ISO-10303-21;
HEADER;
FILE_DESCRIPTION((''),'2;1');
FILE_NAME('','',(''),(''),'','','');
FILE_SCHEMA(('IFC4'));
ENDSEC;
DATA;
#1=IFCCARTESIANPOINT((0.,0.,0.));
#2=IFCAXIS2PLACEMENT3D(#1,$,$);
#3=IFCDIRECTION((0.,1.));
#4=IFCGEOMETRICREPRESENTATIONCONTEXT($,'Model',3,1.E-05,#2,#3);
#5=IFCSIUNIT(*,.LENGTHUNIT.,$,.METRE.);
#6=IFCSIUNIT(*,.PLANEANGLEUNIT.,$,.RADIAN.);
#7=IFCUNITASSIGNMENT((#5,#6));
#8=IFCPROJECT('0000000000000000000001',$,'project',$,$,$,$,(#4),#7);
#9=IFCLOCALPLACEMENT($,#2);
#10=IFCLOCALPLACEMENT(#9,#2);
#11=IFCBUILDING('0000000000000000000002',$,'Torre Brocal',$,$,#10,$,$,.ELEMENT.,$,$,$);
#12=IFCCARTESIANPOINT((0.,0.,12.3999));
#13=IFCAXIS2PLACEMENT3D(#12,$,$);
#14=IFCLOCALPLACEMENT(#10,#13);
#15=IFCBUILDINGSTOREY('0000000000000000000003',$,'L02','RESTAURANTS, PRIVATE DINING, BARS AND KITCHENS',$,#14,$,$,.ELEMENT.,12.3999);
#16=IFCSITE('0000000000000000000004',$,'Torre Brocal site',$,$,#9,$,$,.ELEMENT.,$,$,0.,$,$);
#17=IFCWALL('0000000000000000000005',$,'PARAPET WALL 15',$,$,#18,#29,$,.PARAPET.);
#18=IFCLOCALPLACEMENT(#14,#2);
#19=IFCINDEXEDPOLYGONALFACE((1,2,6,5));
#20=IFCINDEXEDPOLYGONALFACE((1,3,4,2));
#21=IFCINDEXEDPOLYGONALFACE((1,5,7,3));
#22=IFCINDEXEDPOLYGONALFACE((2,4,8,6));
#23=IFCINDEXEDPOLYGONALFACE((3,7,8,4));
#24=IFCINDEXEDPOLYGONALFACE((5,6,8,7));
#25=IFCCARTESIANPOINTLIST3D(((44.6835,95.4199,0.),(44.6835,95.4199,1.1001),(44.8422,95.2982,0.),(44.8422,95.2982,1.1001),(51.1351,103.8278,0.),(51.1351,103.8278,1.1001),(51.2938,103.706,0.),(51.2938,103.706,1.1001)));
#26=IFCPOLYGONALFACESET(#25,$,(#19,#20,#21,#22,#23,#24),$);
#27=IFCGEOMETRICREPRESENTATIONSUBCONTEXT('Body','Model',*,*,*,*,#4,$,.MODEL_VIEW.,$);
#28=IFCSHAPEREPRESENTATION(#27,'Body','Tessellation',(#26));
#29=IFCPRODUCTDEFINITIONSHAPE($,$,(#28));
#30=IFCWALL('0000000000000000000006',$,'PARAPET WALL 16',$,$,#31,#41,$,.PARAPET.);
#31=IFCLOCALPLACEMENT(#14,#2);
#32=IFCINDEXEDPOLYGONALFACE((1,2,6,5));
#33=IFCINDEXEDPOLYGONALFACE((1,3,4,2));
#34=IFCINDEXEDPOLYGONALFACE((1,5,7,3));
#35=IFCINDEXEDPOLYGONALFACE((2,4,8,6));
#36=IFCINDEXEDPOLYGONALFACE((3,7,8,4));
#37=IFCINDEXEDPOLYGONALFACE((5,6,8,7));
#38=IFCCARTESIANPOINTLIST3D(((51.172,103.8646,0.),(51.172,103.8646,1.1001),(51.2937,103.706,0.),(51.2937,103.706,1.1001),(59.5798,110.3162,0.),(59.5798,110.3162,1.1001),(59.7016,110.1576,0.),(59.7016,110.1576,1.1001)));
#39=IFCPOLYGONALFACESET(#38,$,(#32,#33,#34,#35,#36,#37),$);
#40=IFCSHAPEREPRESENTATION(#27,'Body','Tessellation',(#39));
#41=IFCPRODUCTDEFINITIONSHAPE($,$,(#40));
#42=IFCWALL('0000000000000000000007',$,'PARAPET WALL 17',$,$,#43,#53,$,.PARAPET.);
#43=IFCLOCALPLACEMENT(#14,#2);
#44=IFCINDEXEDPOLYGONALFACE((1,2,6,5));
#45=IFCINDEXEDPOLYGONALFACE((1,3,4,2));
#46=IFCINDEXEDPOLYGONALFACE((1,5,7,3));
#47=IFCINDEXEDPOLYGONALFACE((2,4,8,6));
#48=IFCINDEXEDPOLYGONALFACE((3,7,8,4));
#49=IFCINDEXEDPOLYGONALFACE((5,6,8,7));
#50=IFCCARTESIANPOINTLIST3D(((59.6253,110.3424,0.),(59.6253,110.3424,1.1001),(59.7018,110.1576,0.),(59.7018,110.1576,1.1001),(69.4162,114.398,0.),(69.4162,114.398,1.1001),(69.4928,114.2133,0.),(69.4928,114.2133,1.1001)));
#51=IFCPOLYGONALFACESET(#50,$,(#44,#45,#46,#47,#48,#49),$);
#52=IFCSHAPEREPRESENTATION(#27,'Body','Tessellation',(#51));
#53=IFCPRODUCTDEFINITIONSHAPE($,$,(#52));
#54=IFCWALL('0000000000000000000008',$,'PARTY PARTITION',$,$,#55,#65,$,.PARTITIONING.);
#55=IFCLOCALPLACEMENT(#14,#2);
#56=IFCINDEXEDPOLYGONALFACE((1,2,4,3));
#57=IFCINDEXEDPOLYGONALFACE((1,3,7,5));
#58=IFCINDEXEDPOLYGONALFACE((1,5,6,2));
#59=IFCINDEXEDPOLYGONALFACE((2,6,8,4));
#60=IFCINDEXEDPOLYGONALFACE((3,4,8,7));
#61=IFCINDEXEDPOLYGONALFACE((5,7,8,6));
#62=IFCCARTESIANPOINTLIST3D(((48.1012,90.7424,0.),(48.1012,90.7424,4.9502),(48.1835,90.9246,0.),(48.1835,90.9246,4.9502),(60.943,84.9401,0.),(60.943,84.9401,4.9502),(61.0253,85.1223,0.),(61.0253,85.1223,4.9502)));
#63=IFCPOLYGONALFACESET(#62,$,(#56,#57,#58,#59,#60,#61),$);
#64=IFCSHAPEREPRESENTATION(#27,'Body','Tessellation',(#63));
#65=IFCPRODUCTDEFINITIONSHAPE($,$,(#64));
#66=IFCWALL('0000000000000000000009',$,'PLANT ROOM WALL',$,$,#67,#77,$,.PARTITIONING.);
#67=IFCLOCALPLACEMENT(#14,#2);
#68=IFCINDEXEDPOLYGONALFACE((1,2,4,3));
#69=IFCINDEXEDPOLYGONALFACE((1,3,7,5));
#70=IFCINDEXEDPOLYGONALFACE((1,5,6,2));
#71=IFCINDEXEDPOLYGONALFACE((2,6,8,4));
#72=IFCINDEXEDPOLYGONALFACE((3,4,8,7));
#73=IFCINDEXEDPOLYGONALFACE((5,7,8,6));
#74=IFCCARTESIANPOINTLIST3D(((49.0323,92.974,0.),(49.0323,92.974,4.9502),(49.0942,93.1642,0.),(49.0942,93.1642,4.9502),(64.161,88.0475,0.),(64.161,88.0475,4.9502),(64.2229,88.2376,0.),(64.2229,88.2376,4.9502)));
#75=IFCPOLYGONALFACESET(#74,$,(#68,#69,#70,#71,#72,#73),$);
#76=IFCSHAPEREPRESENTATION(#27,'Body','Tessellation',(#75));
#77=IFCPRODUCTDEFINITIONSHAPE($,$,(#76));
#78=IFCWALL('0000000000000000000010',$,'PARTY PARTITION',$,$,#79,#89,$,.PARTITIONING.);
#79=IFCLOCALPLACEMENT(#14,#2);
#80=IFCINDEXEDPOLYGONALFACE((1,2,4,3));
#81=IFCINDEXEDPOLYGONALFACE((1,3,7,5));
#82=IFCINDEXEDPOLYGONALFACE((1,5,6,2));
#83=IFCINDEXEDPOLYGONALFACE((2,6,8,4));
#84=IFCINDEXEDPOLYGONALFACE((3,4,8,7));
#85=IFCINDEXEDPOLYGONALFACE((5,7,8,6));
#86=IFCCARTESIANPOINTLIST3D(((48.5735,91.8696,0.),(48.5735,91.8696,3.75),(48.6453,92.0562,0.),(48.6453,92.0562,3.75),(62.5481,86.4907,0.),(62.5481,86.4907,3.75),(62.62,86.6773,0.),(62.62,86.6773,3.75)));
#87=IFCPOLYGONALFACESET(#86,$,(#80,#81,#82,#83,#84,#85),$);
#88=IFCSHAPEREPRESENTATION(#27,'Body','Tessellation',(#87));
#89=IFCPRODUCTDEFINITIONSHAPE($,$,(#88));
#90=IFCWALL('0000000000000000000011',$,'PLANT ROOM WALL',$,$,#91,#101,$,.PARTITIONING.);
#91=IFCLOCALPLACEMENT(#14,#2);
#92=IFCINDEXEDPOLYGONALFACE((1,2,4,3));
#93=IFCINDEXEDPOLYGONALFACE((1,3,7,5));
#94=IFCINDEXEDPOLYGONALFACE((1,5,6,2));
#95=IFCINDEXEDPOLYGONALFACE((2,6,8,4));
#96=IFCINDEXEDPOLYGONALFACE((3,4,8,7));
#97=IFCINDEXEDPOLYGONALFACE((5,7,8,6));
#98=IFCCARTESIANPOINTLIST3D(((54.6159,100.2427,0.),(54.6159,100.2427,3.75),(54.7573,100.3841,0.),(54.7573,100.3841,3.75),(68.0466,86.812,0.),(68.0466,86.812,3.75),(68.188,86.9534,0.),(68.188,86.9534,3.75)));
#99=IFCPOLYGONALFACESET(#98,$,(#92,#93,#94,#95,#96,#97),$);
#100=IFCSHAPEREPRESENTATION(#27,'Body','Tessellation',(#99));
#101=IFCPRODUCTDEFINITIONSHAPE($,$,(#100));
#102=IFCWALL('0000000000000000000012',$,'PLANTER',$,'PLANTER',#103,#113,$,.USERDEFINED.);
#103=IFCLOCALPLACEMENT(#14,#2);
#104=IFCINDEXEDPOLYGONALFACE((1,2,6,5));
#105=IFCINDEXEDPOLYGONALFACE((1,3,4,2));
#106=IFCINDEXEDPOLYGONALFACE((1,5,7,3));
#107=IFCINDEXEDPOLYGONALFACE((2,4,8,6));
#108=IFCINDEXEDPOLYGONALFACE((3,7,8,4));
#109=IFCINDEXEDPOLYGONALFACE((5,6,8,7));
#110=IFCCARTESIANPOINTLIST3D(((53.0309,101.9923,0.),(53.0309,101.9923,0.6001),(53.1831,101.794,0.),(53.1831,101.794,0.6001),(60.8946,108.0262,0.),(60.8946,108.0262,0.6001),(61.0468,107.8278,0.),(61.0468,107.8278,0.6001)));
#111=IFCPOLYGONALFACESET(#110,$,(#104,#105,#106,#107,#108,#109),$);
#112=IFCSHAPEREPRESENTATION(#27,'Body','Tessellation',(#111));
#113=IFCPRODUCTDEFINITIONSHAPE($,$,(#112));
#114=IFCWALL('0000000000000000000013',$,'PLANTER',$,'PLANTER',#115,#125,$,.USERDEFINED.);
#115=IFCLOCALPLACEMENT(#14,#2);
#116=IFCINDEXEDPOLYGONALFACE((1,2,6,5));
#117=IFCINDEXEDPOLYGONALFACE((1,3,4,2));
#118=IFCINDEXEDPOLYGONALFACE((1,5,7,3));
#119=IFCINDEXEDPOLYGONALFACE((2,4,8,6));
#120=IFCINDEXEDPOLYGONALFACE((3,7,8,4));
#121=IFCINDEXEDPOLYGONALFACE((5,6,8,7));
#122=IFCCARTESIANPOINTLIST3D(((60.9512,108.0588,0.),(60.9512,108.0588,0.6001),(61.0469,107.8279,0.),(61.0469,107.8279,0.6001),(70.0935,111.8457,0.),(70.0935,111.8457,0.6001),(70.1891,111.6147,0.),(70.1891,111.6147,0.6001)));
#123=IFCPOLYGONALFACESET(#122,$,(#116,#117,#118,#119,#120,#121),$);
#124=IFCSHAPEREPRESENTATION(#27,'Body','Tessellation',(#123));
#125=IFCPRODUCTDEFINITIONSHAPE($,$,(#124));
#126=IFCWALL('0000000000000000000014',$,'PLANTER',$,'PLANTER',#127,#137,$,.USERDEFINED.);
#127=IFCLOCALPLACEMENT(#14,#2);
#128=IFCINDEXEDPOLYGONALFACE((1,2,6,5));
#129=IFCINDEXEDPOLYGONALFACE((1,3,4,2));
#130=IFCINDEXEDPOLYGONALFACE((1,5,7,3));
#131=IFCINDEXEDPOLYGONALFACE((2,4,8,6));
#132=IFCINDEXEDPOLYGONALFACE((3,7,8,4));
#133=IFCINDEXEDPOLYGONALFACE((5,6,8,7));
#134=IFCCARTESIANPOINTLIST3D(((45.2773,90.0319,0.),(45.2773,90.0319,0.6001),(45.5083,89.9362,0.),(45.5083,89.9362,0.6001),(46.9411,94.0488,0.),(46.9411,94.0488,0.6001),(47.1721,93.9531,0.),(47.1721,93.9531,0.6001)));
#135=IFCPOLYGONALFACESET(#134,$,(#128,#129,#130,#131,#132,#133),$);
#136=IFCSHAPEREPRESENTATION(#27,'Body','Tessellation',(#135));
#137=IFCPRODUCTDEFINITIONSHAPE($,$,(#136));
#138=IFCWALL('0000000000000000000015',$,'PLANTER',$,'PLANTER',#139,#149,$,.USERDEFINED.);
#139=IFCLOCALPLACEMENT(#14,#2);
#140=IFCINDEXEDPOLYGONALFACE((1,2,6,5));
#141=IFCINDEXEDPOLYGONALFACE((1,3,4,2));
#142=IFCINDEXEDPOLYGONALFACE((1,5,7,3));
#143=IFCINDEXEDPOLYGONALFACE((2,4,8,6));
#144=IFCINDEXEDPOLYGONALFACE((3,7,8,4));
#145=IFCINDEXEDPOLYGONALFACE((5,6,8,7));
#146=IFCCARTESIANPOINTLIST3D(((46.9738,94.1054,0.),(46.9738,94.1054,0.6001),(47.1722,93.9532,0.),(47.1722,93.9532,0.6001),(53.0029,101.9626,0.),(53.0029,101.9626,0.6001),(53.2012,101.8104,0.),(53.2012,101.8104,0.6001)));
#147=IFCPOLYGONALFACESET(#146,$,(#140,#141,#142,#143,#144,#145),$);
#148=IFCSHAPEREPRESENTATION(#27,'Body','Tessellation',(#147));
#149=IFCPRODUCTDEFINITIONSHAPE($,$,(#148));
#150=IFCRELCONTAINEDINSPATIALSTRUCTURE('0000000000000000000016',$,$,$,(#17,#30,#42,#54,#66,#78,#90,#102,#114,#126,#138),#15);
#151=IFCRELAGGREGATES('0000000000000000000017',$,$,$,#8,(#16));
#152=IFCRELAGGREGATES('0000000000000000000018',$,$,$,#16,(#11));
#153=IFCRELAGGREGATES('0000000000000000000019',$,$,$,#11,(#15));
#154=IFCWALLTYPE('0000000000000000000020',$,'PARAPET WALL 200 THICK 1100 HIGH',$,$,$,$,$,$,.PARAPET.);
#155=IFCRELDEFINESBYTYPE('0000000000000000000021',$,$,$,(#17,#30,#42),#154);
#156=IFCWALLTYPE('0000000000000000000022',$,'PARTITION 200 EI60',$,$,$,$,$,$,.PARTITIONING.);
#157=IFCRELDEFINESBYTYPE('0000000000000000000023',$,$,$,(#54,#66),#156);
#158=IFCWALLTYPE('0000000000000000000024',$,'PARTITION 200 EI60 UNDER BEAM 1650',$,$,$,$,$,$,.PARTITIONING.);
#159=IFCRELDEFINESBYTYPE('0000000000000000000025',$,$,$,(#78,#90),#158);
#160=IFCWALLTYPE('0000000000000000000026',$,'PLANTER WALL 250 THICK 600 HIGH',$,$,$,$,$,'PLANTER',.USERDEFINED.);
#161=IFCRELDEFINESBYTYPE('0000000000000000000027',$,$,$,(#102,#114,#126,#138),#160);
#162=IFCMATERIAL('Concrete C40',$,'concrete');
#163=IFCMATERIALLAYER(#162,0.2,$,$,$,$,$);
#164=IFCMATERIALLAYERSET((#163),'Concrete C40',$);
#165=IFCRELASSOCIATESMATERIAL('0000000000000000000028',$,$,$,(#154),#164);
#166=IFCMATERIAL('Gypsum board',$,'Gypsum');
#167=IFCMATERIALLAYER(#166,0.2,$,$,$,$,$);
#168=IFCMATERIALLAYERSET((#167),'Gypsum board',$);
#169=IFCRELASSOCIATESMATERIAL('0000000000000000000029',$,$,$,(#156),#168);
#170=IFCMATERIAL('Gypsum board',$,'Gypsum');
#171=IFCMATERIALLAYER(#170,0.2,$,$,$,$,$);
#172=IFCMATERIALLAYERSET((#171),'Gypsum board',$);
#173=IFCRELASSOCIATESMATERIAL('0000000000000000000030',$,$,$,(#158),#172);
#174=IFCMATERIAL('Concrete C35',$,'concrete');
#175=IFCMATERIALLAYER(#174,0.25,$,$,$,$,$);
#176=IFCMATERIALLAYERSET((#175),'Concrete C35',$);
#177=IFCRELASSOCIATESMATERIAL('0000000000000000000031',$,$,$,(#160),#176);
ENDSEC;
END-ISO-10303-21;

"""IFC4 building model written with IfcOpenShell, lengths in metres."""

from ifc_helpers import new_model, si_unit, direction, frame, frame_2d, origin, place, context, subcontext, project, spatial, rectangle, extrude, material, layer, layer_set, type_object, element, save


model = new_model("IFC4")

# Units and contexts
model_context = context("Model", 3, precision=1e-05, world=origin(), true_north=direction((0.0, 1.0)))
body_context = subcontext(model_context, "Body", "Model", "MODEL_VIEW")
ifc_project = project(units=[si_unit("LENGTHUNIT", "METRE"), si_unit("PLANEANGLEUNIT", "RADIAN")], contexts=[model_context])

# Site, building, storey
site_placement = place(None, origin())
site = spatial("IfcSite", under=ifc_project, at=site_placement, Name="Torre Brocal site", CompositionType="ELEMENT", RefElevation=0.0)
building_placement = place(site_placement, origin())
building = spatial("IfcBuilding", under=site, at=building_placement, Name="Torre Brocal", CompositionType="ELEMENT")
storey_placement = place(building_placement, frame((0.0, 0.0, 12.3999)))
storey = spatial("IfcBuildingStorey", under=building, at=storey_placement, Name="L02", Description="RESTAURANTS, PRIVATE DINING, BARS AND KITCHENS", CompositionType="ELEMENT", Elevation=12.3999)

# Walls
ifc_material_1 = material(Name="Concrete C40", Category="concrete")
ifc_layer_1 = layer(ifc_material_1, 0.2)
ifc_layer_set_1 = layer_set([ifc_layer_1], Name="Concrete C40")
wall_type_1 = type_object("IfcWallType", Name="PARAPET WALL 200 THICK 1100 HIGH", PredefinedType="PARAPET", material=ifc_layer_set_1)
for number, where, z_axis, x_axis, name in (
    (1, (44.7629, 95.3591, 0.0), (0.0, 0.0, 1.0), (0.608762, 0.793353, 0.0), "PARAPET WALL 15"),
    (2, (51.2329, 103.7854, 0.0), (0.0, 0.0, 1.0), (0.793353, 0.608762, 0.0), "PARAPET WALL 16"),
):
    element("IfcWall", number, at=place(storey_placement, frame(where, z_axis=z_axis, x_axis=x_axis)), inside=storey, type_object=wall_type_1, Name=name, PredefinedType="PARAPET", context=body_context, shape_type="SweptSolid", body=[
        extrude(rectangle(XDim=10.5979, YDim=0.2, at=frame_2d((5.2988, 0.0))), origin(), (0.0, 0.0, 1.0), 1.1001),
    ])
wall_1_placement = place(storey_placement, frame((59.6636, 110.25, 0.0), z_axis=(0.0, 0.0, 1.0), x_axis=(0.923876, 0.382691, 0.0)))
element("IfcWall", 3, at=wall_1_placement, inside=storey, type_object=wall_type_1, Name="PARAPET WALL 17", PredefinedType="PARAPET", context=body_context, shape_type="SweptSolid", body=[
    extrude(rectangle(XDim=10.5977, YDim=0.2, at=frame_2d((5.2988, 0.0))), origin(), (0.0, 0.0, 1.0), 1.1001),
])
ifc_material_2 = material(Name="Gypsum board", Category="Gypsum")
ifc_layer_2 = layer(ifc_material_2, 0.2)
ifc_layer_set_2 = layer_set([ifc_layer_2], Name="Gypsum board")
wall_type_2 = type_object("IfcWallType", Name="PARTITION 200 EI60", PredefinedType="PARTITIONING", material=ifc_layer_set_2)
wall_2_placement = place(storey_placement, frame((48.1423, 90.8335, 0.0), z_axis=(0.0, 0.0, 1.0), x_axis=(0.911298, -0.411747, 0.0)))
element("IfcWall", 4, at=wall_2_placement, inside=storey, type_object=wall_type_2, Name="PARTY PARTITION", PredefinedType="PARTITIONING", context=body_context, shape_type="SweptSolid", body=[
    extrude(rectangle(XDim=14.0918, YDim=0.2, at=frame_2d((7.0459, 0.0))), origin(), (0.0, 0.0, 1.0), 4.9502),
])
wall_3_placement = place(storey_placement, frame((49.0632, 93.0691, 0.0), z_axis=(0.0, 0.0, 1.0), x_axis=(0.950855, -0.309637, 0.0)))
element("IfcWall", 5, at=wall_3_placement, inside=storey, type_object=wall_type_2, Name="PLANT ROOM WALL", PredefinedType="PARTITIONING", context=body_context, shape_type="SweptSolid", body=[
    extrude(rectangle(XDim=15.9106, YDim=0.2, at=frame_2d((7.9553, 0.0))), origin(), (0.0, 0.0, 1.0), 4.9502),
])
ifc_material_3 = material(Name="Gypsum board", Category="Gypsum")
ifc_layer_3 = layer(ifc_material_3, 0.2)
ifc_layer_set_3 = layer_set([ifc_layer_3], Name="Gypsum board")
wall_type_3 = type_object("IfcWallType", Name="PARTITION 200 EI60 UNDER BEAM 1650", PredefinedType="PARTITIONING", material=ifc_layer_set_3)
wall_4_placement = place(storey_placement, frame((48.6094, 91.9629, 0.0), z_axis=(0.0, 0.0, 1.0), x_axis=(0.933255, -0.359215, 0.0)))
element("IfcWall", 6, at=wall_4_placement, inside=storey, type_object=wall_type_3, Name="PARTY PARTITION", PredefinedType="PARTITIONING", context=body_context, shape_type="SweptSolid", body=[
    extrude(rectangle(XDim=14.9741, YDim=0.2, at=frame_2d((7.4871, 0.0))), origin(), (0.0, 0.0, 1.0), 3.75),
])
wall_5_placement = place(storey_placement, frame((54.6865, 100.3135, 0.0), z_axis=(0.0, 0.0, 1.0), x_axis=(0.707107, -0.707107, 0.0)))
element("IfcWall", 7, at=wall_5_placement, inside=storey, type_object=wall_type_3, Name="PLANT ROOM WALL", PredefinedType="PARTITIONING", context=body_context, shape_type="SweptSolid", body=[
    extrude(rectangle(XDim=18.9939, YDim=0.2, at=frame_2d((9.4971, 0.0))), origin(), (0.0, 0.0, 1.0), 3.75),
])
ifc_material_4 = material(Name="Concrete C35", Category="concrete")
ifc_layer_4 = layer(ifc_material_4, 0.25)
ifc_layer_set_4 = layer_set([ifc_layer_4], Name="Concrete C35")
wall_type_4 = type_object("IfcWallType", Name="PLANTER WALL 250 THICK 600 HIGH", ElementType="PLANTER", PredefinedType="USERDEFINED", material=ifc_layer_set_4)
wall_6_placement = place(storey_placement, frame((53.1069, 101.8931, 0.0), z_axis=(0.0, 0.0, 1.0), x_axis=(0.793361, 0.608752, 0.0)))
element("IfcWall", 8, at=wall_6_placement, inside=storey, type_object=wall_type_4, Name="PLANTER", ObjectType="PLANTER", PredefinedType="USERDEFINED", context=body_context, shape_type="SweptSolid", body=[
    extrude(rectangle(XDim=9.9119, YDim=0.25, at=frame_2d((4.9561, 0.0))), origin(), (0.0, 0.0, 1.0), 0.6001),
])
wall_7_placement = place(storey_placement, frame((60.999, 107.9434, 0.0), z_axis=(0.0, 0.0, 1.0), x_axis=(0.92388, 0.382682, 0.0)))
element("IfcWall", 9, at=wall_7_placement, inside=storey, type_object=wall_type_4, Name="PLANTER", ObjectType="PLANTER", PredefinedType="USERDEFINED", context=body_context, shape_type="SweptSolid", body=[
    extrude(rectangle(XDim=9.8955, YDim=0.25, at=frame_2d((4.9478, 0.0))), origin(), (0.0, 0.0, 1.0), 0.6001),
])
wall_8_placement = place(storey_placement, frame((45.3928, 89.9841, 0.0), z_axis=(0.0, 0.0, 1.0), x_axis=(0.382681, 0.923881, 0.0)))
element("IfcWall", 10, at=wall_8_placement, inside=storey, type_object=wall_type_4, Name="PLANTER", ObjectType="PLANTER", PredefinedType="USERDEFINED", context=body_context, shape_type="SweptSolid", body=[
    extrude(rectangle(XDim=4.3479, YDim=0.25, at=frame_2d((2.1738, 0.0))), origin(), (0.0, 0.0, 1.0), 0.6001),
])
wall_9_placement = place(storey_placement, frame((47.073, 94.0293, 0.0), z_axis=(0.0, 0.0, 1.0), x_axis=(0.608763, 0.793352, 0.0)))
element("IfcWall", 11, at=wall_9_placement, inside=storey, type_object=wall_type_4, Name="PLANTER", ObjectType="PLANTER", PredefinedType="USERDEFINED", context=body_context, shape_type="SweptSolid", body=[
    extrude(rectangle(XDim=9.9038, YDim=0.25, at=frame_2d((4.9519, 0.0))), origin(), (0.0, 0.0, 1.0), 0.6001),
])

save(model, "model.ifc")
